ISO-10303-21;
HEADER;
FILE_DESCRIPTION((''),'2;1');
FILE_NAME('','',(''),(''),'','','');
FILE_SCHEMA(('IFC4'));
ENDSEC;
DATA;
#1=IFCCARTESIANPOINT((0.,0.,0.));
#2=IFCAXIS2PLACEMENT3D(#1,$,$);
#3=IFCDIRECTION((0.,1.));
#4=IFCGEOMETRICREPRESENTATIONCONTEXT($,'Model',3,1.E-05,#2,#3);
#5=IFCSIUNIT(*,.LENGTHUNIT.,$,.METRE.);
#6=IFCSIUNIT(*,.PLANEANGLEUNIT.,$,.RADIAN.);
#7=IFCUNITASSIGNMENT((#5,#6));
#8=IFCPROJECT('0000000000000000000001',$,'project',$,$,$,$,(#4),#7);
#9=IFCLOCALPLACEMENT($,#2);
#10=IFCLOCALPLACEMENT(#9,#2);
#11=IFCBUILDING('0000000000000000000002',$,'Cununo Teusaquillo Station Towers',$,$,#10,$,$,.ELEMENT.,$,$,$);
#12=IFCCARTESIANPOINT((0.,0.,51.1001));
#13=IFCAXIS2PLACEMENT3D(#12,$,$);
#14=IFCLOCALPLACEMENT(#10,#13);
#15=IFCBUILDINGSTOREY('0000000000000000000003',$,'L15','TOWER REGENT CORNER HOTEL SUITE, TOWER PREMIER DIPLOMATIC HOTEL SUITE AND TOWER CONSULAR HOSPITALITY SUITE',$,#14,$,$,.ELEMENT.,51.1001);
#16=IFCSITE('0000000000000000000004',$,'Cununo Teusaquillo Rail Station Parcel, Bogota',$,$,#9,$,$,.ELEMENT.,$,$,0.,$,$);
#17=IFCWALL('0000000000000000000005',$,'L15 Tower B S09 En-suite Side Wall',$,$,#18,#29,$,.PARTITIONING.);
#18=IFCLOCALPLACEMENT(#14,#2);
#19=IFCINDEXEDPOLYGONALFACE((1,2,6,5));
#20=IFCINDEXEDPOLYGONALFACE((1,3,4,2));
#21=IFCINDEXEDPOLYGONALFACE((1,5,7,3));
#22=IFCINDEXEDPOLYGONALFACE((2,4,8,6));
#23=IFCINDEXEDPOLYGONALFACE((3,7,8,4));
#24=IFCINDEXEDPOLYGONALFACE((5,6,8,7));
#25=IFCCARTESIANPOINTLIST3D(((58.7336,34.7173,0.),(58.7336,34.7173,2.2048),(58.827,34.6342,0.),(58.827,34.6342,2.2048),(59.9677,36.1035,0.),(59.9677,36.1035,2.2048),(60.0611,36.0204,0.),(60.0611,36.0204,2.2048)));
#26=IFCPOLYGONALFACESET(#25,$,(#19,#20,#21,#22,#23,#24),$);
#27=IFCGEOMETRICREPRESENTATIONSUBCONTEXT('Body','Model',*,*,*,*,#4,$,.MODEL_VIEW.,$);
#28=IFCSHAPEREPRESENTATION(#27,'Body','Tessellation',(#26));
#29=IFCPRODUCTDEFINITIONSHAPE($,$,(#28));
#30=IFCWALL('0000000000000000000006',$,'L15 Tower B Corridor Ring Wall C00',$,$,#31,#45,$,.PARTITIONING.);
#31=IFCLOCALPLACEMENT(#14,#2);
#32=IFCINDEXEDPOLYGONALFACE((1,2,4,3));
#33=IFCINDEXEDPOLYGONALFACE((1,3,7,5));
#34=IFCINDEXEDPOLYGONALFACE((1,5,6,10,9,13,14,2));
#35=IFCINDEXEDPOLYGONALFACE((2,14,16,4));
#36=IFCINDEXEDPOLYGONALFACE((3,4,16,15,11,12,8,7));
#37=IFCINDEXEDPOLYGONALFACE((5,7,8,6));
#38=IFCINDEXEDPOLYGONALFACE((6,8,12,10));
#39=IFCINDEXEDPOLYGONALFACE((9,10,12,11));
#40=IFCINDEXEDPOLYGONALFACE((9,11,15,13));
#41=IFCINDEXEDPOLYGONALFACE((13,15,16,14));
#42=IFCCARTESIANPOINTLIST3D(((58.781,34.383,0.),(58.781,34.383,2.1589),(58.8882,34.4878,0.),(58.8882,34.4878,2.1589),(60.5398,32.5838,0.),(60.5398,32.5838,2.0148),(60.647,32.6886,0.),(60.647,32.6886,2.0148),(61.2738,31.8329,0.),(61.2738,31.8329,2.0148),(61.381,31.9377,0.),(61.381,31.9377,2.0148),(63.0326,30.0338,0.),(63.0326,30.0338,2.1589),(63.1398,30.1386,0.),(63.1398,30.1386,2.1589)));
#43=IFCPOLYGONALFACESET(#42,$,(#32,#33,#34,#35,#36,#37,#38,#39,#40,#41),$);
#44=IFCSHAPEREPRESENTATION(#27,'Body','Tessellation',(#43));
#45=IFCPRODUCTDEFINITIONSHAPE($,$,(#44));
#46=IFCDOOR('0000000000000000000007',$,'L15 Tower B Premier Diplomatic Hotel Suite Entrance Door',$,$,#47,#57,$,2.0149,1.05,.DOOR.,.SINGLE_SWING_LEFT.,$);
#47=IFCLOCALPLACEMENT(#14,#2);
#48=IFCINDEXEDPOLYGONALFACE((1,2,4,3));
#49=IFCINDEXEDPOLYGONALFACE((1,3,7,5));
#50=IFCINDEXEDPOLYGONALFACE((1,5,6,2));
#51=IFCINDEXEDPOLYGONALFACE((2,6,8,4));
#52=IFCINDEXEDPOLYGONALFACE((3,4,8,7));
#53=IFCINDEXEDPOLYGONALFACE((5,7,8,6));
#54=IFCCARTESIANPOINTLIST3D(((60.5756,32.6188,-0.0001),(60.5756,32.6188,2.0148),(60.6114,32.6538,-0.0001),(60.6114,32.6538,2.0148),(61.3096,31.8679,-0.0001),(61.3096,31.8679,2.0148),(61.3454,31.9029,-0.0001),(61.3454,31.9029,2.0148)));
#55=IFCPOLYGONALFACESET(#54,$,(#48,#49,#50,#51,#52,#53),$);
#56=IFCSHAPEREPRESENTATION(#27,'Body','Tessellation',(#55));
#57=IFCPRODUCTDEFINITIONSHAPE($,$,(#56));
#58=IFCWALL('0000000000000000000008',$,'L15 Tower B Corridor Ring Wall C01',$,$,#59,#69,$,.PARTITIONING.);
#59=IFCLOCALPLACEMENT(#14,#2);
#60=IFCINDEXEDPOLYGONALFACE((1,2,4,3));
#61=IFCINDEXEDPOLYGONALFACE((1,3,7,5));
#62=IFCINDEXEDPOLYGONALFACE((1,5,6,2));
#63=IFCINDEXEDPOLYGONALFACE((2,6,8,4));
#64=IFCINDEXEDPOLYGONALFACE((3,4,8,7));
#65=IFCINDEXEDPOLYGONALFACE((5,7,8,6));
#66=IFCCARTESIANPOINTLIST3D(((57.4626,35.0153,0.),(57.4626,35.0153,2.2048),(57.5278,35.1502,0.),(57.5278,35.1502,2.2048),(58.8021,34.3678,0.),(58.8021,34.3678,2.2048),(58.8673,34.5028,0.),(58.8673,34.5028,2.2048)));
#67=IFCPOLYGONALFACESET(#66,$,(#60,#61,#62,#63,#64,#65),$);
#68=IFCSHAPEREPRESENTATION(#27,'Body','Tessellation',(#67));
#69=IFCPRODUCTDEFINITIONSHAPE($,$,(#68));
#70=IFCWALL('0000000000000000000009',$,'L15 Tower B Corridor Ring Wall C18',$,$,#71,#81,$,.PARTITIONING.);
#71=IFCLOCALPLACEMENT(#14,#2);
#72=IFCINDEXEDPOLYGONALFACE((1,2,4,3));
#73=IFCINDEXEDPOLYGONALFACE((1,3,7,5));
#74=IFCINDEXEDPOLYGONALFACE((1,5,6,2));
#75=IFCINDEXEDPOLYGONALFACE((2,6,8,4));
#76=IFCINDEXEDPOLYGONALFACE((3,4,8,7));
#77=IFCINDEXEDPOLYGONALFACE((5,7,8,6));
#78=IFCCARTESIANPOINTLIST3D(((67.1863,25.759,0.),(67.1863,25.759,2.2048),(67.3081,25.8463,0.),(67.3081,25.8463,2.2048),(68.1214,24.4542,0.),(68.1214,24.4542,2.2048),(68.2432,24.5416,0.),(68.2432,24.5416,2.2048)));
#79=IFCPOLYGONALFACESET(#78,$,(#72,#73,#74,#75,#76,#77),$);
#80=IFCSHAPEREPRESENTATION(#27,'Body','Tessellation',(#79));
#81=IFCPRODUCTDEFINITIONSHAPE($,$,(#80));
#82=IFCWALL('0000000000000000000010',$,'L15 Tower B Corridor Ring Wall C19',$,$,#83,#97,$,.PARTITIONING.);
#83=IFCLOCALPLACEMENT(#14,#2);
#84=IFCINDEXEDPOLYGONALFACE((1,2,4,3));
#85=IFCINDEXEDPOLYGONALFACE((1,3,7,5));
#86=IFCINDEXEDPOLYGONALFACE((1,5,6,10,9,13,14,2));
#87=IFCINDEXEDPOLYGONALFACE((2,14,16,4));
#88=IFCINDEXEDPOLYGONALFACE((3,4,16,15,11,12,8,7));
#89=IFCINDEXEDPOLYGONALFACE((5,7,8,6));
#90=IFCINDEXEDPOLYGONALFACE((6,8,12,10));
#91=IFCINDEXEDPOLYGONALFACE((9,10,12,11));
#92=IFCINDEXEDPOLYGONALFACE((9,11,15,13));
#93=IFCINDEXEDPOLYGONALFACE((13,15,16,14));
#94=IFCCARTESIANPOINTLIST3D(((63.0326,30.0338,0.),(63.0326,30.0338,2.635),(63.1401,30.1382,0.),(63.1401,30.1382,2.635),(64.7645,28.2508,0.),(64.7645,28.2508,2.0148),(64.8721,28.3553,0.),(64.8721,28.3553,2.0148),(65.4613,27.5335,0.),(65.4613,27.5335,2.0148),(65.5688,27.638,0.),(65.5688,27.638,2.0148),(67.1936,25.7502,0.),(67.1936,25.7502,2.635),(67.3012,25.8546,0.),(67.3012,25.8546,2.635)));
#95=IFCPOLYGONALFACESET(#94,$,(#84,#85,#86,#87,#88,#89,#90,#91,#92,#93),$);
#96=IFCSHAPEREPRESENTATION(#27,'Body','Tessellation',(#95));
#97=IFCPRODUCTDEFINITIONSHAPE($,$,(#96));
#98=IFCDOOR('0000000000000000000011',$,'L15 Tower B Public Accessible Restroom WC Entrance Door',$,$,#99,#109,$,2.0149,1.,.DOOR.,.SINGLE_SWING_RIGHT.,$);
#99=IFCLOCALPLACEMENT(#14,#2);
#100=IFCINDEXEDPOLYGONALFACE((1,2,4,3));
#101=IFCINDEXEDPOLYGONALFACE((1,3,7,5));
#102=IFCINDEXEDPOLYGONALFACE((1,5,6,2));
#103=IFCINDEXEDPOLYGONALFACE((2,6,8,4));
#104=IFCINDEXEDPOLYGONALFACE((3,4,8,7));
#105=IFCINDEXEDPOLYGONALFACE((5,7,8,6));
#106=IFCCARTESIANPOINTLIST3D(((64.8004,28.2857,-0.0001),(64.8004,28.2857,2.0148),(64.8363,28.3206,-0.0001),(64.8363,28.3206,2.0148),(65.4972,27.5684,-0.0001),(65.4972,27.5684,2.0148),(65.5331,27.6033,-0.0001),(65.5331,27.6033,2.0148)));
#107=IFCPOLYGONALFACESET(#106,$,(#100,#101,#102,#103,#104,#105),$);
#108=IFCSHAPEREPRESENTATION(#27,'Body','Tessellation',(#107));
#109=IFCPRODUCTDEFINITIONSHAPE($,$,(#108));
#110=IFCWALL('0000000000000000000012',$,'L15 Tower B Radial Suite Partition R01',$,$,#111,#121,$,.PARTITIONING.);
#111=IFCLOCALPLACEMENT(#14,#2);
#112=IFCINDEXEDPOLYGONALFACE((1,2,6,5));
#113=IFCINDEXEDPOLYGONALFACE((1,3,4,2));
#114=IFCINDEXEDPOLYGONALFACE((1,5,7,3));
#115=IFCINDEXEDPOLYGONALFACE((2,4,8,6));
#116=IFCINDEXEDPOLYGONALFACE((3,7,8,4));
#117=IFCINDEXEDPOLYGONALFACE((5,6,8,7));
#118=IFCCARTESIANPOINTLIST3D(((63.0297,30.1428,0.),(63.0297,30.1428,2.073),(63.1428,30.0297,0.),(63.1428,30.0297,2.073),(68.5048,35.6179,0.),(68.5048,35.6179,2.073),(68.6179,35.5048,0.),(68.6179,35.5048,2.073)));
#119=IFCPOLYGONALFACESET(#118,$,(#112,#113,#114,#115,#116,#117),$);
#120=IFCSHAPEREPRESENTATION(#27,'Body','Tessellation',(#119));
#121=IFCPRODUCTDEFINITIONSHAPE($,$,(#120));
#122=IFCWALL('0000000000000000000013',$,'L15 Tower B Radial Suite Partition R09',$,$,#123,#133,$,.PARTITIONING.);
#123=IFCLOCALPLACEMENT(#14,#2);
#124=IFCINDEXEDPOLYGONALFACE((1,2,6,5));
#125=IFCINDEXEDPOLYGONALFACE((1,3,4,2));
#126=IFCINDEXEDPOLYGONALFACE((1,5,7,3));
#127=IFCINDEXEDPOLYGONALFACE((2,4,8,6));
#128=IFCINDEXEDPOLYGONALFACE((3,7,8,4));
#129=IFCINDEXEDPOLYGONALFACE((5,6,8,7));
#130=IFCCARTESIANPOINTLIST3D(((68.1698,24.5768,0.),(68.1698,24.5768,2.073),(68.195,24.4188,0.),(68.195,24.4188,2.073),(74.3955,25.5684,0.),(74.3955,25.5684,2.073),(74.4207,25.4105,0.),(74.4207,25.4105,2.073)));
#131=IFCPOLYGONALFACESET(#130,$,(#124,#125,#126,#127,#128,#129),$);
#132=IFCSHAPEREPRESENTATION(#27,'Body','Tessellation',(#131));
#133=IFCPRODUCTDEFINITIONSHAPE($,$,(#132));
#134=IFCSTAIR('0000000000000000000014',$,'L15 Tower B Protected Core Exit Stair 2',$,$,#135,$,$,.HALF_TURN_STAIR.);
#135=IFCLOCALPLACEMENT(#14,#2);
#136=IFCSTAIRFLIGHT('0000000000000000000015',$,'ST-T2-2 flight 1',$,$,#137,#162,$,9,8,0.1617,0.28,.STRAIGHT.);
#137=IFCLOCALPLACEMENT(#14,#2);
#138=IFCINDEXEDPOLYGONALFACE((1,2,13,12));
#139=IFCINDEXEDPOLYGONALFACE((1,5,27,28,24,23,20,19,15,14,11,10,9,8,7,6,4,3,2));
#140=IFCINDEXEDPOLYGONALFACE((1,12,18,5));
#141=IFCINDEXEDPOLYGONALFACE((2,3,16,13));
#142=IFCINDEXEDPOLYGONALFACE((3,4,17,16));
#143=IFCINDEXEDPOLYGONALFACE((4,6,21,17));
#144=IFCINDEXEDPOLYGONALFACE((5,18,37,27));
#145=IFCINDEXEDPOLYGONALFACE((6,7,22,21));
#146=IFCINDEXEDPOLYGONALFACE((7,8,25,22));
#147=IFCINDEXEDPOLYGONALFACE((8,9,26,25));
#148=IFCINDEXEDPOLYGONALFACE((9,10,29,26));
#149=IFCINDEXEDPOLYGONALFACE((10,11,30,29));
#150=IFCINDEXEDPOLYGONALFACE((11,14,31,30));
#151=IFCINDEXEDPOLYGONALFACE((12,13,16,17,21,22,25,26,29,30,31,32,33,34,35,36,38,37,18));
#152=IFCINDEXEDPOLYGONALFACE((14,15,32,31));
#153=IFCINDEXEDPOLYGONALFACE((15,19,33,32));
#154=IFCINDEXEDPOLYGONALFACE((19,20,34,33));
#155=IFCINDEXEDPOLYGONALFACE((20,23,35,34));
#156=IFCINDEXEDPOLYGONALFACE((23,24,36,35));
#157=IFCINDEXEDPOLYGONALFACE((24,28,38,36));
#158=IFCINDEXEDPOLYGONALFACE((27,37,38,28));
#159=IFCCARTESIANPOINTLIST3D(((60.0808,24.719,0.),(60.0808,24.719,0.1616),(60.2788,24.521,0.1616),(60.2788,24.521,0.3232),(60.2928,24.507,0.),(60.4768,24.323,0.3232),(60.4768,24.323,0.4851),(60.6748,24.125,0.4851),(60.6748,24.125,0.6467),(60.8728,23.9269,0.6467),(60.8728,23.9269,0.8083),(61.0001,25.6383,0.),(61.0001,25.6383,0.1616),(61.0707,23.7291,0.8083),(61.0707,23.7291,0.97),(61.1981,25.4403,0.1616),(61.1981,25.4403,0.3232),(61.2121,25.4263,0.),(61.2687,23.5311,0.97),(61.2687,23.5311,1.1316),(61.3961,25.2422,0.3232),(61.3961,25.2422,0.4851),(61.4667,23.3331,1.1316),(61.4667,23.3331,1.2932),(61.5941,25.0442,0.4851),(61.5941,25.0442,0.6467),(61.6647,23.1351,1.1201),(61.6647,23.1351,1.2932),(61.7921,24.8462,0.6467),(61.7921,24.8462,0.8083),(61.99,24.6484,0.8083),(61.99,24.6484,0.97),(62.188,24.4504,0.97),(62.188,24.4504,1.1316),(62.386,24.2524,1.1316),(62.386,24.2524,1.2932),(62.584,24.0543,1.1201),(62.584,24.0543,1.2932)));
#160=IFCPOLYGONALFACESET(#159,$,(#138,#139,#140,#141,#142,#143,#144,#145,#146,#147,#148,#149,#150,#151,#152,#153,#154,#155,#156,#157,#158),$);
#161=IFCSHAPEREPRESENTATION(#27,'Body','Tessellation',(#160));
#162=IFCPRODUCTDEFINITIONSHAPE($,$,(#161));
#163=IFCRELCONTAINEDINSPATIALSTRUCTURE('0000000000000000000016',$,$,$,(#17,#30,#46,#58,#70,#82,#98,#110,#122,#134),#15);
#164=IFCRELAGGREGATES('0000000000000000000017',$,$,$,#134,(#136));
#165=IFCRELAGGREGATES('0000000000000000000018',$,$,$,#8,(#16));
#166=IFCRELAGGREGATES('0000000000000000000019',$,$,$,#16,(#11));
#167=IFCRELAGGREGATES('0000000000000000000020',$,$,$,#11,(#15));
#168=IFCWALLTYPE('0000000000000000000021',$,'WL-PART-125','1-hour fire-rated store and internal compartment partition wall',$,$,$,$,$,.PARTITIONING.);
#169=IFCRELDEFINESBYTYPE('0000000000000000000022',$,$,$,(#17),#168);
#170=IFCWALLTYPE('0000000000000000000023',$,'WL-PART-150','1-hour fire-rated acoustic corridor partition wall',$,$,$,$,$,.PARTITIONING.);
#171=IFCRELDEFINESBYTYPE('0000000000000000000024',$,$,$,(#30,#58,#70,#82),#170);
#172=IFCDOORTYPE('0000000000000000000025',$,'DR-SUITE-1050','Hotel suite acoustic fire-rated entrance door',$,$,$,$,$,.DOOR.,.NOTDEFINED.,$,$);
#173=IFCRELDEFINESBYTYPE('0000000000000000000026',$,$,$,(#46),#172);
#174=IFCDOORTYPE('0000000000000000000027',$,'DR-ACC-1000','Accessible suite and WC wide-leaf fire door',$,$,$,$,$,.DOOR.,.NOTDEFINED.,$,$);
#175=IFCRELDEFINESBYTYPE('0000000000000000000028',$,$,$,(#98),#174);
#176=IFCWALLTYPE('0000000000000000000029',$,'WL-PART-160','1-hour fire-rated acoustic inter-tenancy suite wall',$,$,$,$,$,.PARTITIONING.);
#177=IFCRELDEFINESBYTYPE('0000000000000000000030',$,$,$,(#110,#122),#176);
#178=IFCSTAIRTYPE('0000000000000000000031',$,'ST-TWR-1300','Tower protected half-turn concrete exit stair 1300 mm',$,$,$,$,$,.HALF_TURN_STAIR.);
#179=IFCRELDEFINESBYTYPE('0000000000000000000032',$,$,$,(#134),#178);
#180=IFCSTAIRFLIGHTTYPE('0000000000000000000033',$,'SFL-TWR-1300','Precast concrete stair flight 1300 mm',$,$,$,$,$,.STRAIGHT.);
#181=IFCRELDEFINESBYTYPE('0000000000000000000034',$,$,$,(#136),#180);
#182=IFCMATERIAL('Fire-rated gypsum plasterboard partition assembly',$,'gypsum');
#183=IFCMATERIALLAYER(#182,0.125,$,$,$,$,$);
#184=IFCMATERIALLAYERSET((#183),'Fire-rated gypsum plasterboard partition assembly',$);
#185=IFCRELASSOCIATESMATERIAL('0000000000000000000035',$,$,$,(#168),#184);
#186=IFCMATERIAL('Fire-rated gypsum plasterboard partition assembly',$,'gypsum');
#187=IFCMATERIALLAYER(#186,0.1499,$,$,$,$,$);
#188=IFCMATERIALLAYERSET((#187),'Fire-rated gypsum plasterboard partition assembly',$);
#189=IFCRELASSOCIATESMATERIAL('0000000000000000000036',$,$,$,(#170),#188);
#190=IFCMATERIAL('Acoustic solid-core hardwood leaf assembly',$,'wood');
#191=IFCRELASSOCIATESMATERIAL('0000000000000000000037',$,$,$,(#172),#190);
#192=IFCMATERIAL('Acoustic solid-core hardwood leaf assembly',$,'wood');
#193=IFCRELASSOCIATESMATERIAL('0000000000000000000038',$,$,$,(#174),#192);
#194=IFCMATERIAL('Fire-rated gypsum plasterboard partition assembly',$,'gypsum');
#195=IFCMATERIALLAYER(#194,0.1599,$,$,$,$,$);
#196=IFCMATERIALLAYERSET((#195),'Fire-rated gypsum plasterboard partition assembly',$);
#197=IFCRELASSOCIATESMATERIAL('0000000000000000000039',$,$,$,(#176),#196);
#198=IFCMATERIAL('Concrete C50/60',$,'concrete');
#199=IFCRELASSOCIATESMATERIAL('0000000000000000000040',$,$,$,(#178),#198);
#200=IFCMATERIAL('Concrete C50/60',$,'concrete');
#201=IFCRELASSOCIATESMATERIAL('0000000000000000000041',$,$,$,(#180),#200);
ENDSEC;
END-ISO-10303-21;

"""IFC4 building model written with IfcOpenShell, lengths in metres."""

from ifc_helpers import new_model, si_unit, direction, frame, frame_2d, origin, place, context, subcontext, project, spatial, polyline, rectangle, outline, extrude, source, transform, mapped, material, layer, layer_set, type_object, element, fill, aggregate, save


model = new_model("IFC4")

# Units and contexts
model_context = context("Model", 3, precision=1e-05, world=origin(), true_north=direction((0.0, 1.0)))
body_context = subcontext(model_context, "Body", "Model", "MODEL_VIEW")
ifc_project = project(units=[si_unit("LENGTHUNIT", "METRE"), si_unit("PLANEANGLEUNIT", "RADIAN")], contexts=[model_context])

# Site, building, storey
site_placement = place(None, origin())
site = spatial("IfcSite", under=ifc_project, at=site_placement, Name="Cununo Teusaquillo Rail Station Parcel, Bogota", CompositionType="ELEMENT", RefElevation=0.0)
building_placement = place(site_placement, origin())
building = spatial("IfcBuilding", under=site, at=building_placement, Name="Cununo Teusaquillo Station Towers", CompositionType="ELEMENT")
storey_placement = place(building_placement, frame((0.0, 0.0, 51.1001)))
storey = spatial("IfcBuildingStorey", under=building, at=storey_placement, Name="L15", Description="TOWER REGENT CORNER HOTEL SUITE, TOWER PREMIER DIPLOMATIC HOTEL SUITE AND TOWER CONSULAR HOSPITALITY SUITE", CompositionType="ELEMENT", Elevation=51.1001)

# Wall
ifc_material_1 = material(Name="Fire-rated gypsum plasterboard partition assembly", Category="gypsum")
ifc_layer_1 = layer(ifc_material_1, 0.125)
ifc_layer_set_1 = layer_set([ifc_layer_1], Name="Fire-rated gypsum plasterboard partition assembly")
wall_type_1 = type_object("IfcWallType", Name="WL-PART-125", Description="1-hour fire-rated store and internal compartment partition wall", PredefinedType="PARTITIONING", material=ifc_layer_set_1)
wall_1_placement = place(storey_placement, frame((58.7803, 34.6758, 0.0), z_axis=(0.0, 0.0, 1.0), x_axis=(0.664943, 0.746894, 0.0)))
element("IfcWall", 1, at=wall_1_placement, inside=storey, type_object=wall_type_1, Name="L15 Tower B S09 En-suite Side Wall", PredefinedType="PARTITIONING", context=body_context, shape_type="SweptSolid", body=[
    extrude(rectangle(XDim=1.856, YDim=0.125, at=frame_2d((0.928, 0.0))), origin(), (0.0, 0.0, 1.0), 2.2048),
])

# Wall, opening, door
ifc_material_2 = material(Name="Fire-rated gypsum plasterboard partition assembly", Category="gypsum")
ifc_layer_2 = layer(ifc_material_2, 0.1499)
ifc_layer_set_2 = layer_set([ifc_layer_2], Name="Fire-rated gypsum plasterboard partition assembly")
wall_type_2 = type_object("IfcWallType", Name="WL-PART-150", Description="1-hour fire-rated acoustic corridor partition wall", PredefinedType="PARTITIONING", material=ifc_layer_set_2)
wall_2_placement = place(storey_placement, frame((63.0862, 30.0862, 0.0), z_axis=(0.0, 0.0, 1.0), x_axis=(-0.699033, 0.71509, 0.0)))
wall_2 = element("IfcWall", 2, at=wall_2_placement, inside=storey, type_object=wall_type_2, Name="L15 Tower B Corridor Ring Wall C00", PredefinedType="PARTITIONING", context=body_context, shape_type="SweptSolid", body=[
    extrude(rectangle(XDim=6.082, YDim=0.1499, at=frame_2d((3.041, 0.0))), origin(), (0.0, 0.0, 1.0), 2.1589),
])
shared_shape_1 = source(origin(), body_context, "Body", "SweptSolid", [
    extrude(rectangle(XDim=1.05, YDim=2.0149, at=frame_2d((0.5249, 1.0073))), frame((0.0, 0.085, 0.0), z_axis=(0.0, -1.0, 0.0), x_axis=(1.0, 0.0, 0.0)), (0.0, 0.0, 1.0), 0.1699),
])
opening_1_placement = place(wall_2_placement, frame((2.5161, 0.0, 0.0)))
opening_1 = element("IfcOpeningElement", 3, at=opening_1_placement, cuts=wall_2, PredefinedType="OPENING", context=body_context, shape_type="MappedRepresentation", body=[
    mapped(shared_shape_1, transform((0.0, 0.0, 0.0), x_axis=(1.0, 0.0, 0.0), y_axis=(0.0, 1.0, 0.0), z_axis=(0.0, 0.0, 1.0), scale=1.0)),
])
ifc_material_3 = material(Name="Acoustic solid-core hardwood leaf assembly", Category="wood")
door_type_1 = type_object("IfcDoorType", Name="DR-SUITE-1050", Description="Hotel suite acoustic fire-rated entrance door", OperationType="NOTDEFINED", PredefinedType="DOOR", material=ifc_material_3)
shared_shape_2 = source(origin(), body_context, "Body", "SweptSolid", [
    extrude(rectangle(XDim=1.05, YDim=2.0149, at=frame_2d((0.5249, 1.0073))), frame((0.0, 0.0249, 0.0), z_axis=(0.0, -1.0, 0.0), x_axis=(1.0, 0.0, 0.0)), (0.0, 0.0, 1.0), 0.05),
])
door_1_placement = place(opening_1_placement, origin())
door_1 = element("IfcDoor", 4, at=door_1_placement, inside=storey, type_object=door_type_1, Name="L15 Tower B Premier Diplomatic Hotel Suite Entrance Door", OperationType="SINGLE_SWING_LEFT", OverallHeight=2.0149, OverallWidth=1.05, PredefinedType="DOOR", context=body_context, shape_type="MappedRepresentation", body=[
    mapped(shared_shape_2, transform((0.0, 0.0, 0.0), x_axis=(1.0, 0.0, 0.0), y_axis=(0.0, 1.0, 0.0), z_axis=(0.0, 0.0, 1.0), scale=1.0)),
])
fill(opening_1, door_1)

# Walls
wall_3_placement = place(storey_placement, frame((58.8347, 34.4353, 0.0), z_axis=(0.0, 0.0, 1.0), x_axis=(-0.900352, 0.435162, 0.0)))
element("IfcWall", 5, at=wall_3_placement, inside=storey, type_object=wall_type_2, Name="L15 Tower B Corridor Ring Wall C01", PredefinedType="PARTITIONING", context=body_context, shape_type="SweptSolid", body=[
    extrude(rectangle(XDim=1.4878, YDim=0.1499, at=frame_2d((0.7439, 0.0))), origin(), (0.0, 0.0, 1.0), 2.2048),
])
wall_4_placement = place(storey_placement, frame((68.1824, 24.4978, 0.0), z_axis=(0.0, 0.0, 1.0), x_axis=(-0.582532, 0.812808, 0.0)))
element("IfcWall", 6, at=wall_4_placement, inside=storey, type_object=wall_type_2, Name="L15 Tower B Corridor Ring Wall C18", PredefinedType="PARTITIONING", context=body_context, shape_type="SweptSolid", body=[
    extrude(rectangle(XDim=1.6052, YDim=0.1499, at=frame_2d((0.8027, 0.0))), origin(), (0.0, 0.0, 1.0), 2.2048),
])

# Wall, opening, door
wall_5_placement = place(storey_placement, frame((67.2473, 25.8025, 0.0), z_axis=(0.0, 0.0, 1.0), x_axis=(-0.696771, 0.717293, 0.0)))
wall_5 = element("IfcWall", 7, at=wall_5_placement, inside=storey, type_object=wall_type_2, Name="L15 Tower B Corridor Ring Wall C19", PredefinedType="PARTITIONING", context=body_context, shape_type="SweptSolid", body=[
    extrude(rectangle(XDim=5.9719, YDim=0.1499, at=frame_2d((2.9858, 0.0))), origin(), (0.0, 0.0, 1.0), 2.635),
])
shared_shape_3 = source(origin(), body_context, "Body", "SweptSolid", [
    extrude(rectangle(XDim=1.0, YDim=2.0149, at=frame_2d((0.5, 1.0073))), frame((0.0, 0.085, 0.0), z_axis=(0.0, -1.0, 0.0), x_axis=(1.0, 0.0, 0.0)), (0.0, 0.0, 1.0), 0.1699),
])
opening_2_placement = place(wall_5_placement, frame((2.4861, 0.0, 0.0)))
opening_2 = element("IfcOpeningElement", 8, at=opening_2_placement, cuts=wall_5, PredefinedType="OPENING", context=body_context, shape_type="MappedRepresentation", body=[
    mapped(shared_shape_3, transform((0.0, 0.0, 0.0), x_axis=(1.0, 0.0, 0.0), y_axis=(0.0, 1.0, 0.0), z_axis=(0.0, 0.0, 1.0), scale=1.0)),
])
ifc_material_4 = material(Name="Acoustic solid-core hardwood leaf assembly", Category="wood")
door_type_2 = type_object("IfcDoorType", Name="DR-ACC-1000", Description="Accessible suite and WC wide-leaf fire door", OperationType="NOTDEFINED", PredefinedType="DOOR", material=ifc_material_4)
shared_shape_4 = source(origin(), body_context, "Body", "SweptSolid", [
    extrude(rectangle(XDim=1.0, YDim=2.0149, at=frame_2d((0.5, 1.0073))), frame((0.0, 0.0249, 0.0), z_axis=(0.0, -1.0, 0.0), x_axis=(1.0, 0.0, 0.0)), (0.0, 0.0, 1.0), 0.05),
])
door_2_placement = place(opening_2_placement, origin())
door_2 = element("IfcDoor", 9, at=door_2_placement, inside=storey, type_object=door_type_2, Name="L15 Tower B Public Accessible Restroom WC Entrance Door", OperationType="SINGLE_SWING_RIGHT", OverallHeight=2.0149, OverallWidth=1.0, PredefinedType="DOOR", context=body_context, shape_type="MappedRepresentation", body=[
    mapped(shared_shape_4, transform((0.0, 0.0, 0.0), x_axis=(1.0, 0.0, 0.0), y_axis=(0.0, 1.0, 0.0), z_axis=(0.0, 0.0, 1.0), scale=1.0)),
])
fill(opening_2, door_2)

# Walls
ifc_material_5 = material(Name="Fire-rated gypsum plasterboard partition assembly", Category="gypsum")
ifc_layer_3 = layer(ifc_material_5, 0.1599)
ifc_layer_set_3 = layer_set([ifc_layer_3], Name="Fire-rated gypsum plasterboard partition assembly")
wall_type_3 = type_object("IfcWallType", Name="WL-PART-160", Description="1-hour fire-rated acoustic inter-tenancy suite wall", PredefinedType="PARTITIONING", material=ifc_layer_set_3)
wall_6_placement = place(storey_placement, frame((63.0862, 30.0862, 0.0), z_axis=(0.0, 0.0, 1.0), x_axis=(0.707107, 0.707107, 0.0)))
element("IfcWall", 10, at=wall_6_placement, inside=storey, type_object=wall_type_3, Name="L15 Tower B Radial Suite Partition R01", PredefinedType="PARTITIONING", context=body_context, shape_type="SweptSolid", body=[
    extrude(rectangle(XDim=7.7429, YDim=0.1599, at=frame_2d((3.8716, 0.0))), origin(), (0.0, 0.0, 1.0), 2.073),
])
wall_7_placement = place(storey_placement, frame((68.1824, 24.4978, 0.0), z_axis=(0.0, 0.0, 1.0), x_axis=(0.98755, 0.157305, 0.0)))
element("IfcWall", 11, at=wall_7_placement, inside=storey, type_object=wall_type_3, Name="L15 Tower B Radial Suite Partition R09", PredefinedType="PARTITIONING", context=body_context, shape_type="SweptSolid", body=[
    extrude(rectangle(XDim=6.3042, YDim=0.1599, at=frame_2d((3.1521, 0.0))), origin(), (0.0, 0.0, 1.0), 2.073),
])

# Stair, stair flight
ifc_material_6 = material(Name="Concrete C50/60", Category="concrete")
stair_type = type_object("IfcStairType", Name="ST-TWR-1300", Description="Tower protected half-turn concrete exit stair 1300 mm", PredefinedType="HALF_TURN_STAIR", material=ifc_material_6)
stair_placement = place(storey_placement, origin())
stair = element("IfcStair", 12, at=stair_placement, inside=storey, type_object=stair_type, Name="L15 Tower B Protected Core Exit Stair 2", PredefinedType="HALF_TURN_STAIR")
ifc_material_7 = material(Name="Concrete C50/60", Category="concrete")
stair_flight_type = type_object("IfcStairFlightType", Name="SFL-TWR-1300", Description="Precast concrete stair flight 1300 mm", PredefinedType="STRAIGHT", material=ifc_material_7)
stair_flight_1_placement = place(storey_placement, frame((60.5405, 25.1787, 0.0), z_axis=(0.0, 0.0, 1.0), x_axis=(0.707107, -0.707107, 0.0)))
stair_flight_1 = element("IfcStairFlight", 13, at=stair_flight_1_placement, type_object=stair_flight_type, Name="ST-T2-2 flight 1", NumberOfRisers=9, NumberOfTreads=8, PredefinedType="STRAIGHT", RiserHeight=0.1617, TreadLength=0.28, context=body_context, shape_type="SweptSolid", body=[
    extrude(outline(polyline([(0.0, 0.0), (0.0, 0.1616), (0.28, 0.1616), (0.28, 0.3232), (0.5601, 0.3232), (0.5601, 0.4851), (0.8401, 0.4851), (0.8401, 0.6467), (1.1201, 0.6467), (1.1201, 0.8083), (1.3999, 0.8083), (1.3999, 0.97), (1.6799, 0.97), (1.6799, 1.1316), (1.96, 1.1316), (1.96, 1.2932), (2.24, 1.2932), (2.24, 1.4551), (2.24, 1.1201), (0.2998, 0.0), (0.0, 0.0)])), frame((0.0, 0.6499, 0.0), z_axis=(0.0, -1.0, 0.0), x_axis=(1.0, 0.0, 0.0)), (0.0, 0.0, 1.0), 1.3),
])
aggregate(stair, [stair_flight_1])

save(model, "model.ifc")
